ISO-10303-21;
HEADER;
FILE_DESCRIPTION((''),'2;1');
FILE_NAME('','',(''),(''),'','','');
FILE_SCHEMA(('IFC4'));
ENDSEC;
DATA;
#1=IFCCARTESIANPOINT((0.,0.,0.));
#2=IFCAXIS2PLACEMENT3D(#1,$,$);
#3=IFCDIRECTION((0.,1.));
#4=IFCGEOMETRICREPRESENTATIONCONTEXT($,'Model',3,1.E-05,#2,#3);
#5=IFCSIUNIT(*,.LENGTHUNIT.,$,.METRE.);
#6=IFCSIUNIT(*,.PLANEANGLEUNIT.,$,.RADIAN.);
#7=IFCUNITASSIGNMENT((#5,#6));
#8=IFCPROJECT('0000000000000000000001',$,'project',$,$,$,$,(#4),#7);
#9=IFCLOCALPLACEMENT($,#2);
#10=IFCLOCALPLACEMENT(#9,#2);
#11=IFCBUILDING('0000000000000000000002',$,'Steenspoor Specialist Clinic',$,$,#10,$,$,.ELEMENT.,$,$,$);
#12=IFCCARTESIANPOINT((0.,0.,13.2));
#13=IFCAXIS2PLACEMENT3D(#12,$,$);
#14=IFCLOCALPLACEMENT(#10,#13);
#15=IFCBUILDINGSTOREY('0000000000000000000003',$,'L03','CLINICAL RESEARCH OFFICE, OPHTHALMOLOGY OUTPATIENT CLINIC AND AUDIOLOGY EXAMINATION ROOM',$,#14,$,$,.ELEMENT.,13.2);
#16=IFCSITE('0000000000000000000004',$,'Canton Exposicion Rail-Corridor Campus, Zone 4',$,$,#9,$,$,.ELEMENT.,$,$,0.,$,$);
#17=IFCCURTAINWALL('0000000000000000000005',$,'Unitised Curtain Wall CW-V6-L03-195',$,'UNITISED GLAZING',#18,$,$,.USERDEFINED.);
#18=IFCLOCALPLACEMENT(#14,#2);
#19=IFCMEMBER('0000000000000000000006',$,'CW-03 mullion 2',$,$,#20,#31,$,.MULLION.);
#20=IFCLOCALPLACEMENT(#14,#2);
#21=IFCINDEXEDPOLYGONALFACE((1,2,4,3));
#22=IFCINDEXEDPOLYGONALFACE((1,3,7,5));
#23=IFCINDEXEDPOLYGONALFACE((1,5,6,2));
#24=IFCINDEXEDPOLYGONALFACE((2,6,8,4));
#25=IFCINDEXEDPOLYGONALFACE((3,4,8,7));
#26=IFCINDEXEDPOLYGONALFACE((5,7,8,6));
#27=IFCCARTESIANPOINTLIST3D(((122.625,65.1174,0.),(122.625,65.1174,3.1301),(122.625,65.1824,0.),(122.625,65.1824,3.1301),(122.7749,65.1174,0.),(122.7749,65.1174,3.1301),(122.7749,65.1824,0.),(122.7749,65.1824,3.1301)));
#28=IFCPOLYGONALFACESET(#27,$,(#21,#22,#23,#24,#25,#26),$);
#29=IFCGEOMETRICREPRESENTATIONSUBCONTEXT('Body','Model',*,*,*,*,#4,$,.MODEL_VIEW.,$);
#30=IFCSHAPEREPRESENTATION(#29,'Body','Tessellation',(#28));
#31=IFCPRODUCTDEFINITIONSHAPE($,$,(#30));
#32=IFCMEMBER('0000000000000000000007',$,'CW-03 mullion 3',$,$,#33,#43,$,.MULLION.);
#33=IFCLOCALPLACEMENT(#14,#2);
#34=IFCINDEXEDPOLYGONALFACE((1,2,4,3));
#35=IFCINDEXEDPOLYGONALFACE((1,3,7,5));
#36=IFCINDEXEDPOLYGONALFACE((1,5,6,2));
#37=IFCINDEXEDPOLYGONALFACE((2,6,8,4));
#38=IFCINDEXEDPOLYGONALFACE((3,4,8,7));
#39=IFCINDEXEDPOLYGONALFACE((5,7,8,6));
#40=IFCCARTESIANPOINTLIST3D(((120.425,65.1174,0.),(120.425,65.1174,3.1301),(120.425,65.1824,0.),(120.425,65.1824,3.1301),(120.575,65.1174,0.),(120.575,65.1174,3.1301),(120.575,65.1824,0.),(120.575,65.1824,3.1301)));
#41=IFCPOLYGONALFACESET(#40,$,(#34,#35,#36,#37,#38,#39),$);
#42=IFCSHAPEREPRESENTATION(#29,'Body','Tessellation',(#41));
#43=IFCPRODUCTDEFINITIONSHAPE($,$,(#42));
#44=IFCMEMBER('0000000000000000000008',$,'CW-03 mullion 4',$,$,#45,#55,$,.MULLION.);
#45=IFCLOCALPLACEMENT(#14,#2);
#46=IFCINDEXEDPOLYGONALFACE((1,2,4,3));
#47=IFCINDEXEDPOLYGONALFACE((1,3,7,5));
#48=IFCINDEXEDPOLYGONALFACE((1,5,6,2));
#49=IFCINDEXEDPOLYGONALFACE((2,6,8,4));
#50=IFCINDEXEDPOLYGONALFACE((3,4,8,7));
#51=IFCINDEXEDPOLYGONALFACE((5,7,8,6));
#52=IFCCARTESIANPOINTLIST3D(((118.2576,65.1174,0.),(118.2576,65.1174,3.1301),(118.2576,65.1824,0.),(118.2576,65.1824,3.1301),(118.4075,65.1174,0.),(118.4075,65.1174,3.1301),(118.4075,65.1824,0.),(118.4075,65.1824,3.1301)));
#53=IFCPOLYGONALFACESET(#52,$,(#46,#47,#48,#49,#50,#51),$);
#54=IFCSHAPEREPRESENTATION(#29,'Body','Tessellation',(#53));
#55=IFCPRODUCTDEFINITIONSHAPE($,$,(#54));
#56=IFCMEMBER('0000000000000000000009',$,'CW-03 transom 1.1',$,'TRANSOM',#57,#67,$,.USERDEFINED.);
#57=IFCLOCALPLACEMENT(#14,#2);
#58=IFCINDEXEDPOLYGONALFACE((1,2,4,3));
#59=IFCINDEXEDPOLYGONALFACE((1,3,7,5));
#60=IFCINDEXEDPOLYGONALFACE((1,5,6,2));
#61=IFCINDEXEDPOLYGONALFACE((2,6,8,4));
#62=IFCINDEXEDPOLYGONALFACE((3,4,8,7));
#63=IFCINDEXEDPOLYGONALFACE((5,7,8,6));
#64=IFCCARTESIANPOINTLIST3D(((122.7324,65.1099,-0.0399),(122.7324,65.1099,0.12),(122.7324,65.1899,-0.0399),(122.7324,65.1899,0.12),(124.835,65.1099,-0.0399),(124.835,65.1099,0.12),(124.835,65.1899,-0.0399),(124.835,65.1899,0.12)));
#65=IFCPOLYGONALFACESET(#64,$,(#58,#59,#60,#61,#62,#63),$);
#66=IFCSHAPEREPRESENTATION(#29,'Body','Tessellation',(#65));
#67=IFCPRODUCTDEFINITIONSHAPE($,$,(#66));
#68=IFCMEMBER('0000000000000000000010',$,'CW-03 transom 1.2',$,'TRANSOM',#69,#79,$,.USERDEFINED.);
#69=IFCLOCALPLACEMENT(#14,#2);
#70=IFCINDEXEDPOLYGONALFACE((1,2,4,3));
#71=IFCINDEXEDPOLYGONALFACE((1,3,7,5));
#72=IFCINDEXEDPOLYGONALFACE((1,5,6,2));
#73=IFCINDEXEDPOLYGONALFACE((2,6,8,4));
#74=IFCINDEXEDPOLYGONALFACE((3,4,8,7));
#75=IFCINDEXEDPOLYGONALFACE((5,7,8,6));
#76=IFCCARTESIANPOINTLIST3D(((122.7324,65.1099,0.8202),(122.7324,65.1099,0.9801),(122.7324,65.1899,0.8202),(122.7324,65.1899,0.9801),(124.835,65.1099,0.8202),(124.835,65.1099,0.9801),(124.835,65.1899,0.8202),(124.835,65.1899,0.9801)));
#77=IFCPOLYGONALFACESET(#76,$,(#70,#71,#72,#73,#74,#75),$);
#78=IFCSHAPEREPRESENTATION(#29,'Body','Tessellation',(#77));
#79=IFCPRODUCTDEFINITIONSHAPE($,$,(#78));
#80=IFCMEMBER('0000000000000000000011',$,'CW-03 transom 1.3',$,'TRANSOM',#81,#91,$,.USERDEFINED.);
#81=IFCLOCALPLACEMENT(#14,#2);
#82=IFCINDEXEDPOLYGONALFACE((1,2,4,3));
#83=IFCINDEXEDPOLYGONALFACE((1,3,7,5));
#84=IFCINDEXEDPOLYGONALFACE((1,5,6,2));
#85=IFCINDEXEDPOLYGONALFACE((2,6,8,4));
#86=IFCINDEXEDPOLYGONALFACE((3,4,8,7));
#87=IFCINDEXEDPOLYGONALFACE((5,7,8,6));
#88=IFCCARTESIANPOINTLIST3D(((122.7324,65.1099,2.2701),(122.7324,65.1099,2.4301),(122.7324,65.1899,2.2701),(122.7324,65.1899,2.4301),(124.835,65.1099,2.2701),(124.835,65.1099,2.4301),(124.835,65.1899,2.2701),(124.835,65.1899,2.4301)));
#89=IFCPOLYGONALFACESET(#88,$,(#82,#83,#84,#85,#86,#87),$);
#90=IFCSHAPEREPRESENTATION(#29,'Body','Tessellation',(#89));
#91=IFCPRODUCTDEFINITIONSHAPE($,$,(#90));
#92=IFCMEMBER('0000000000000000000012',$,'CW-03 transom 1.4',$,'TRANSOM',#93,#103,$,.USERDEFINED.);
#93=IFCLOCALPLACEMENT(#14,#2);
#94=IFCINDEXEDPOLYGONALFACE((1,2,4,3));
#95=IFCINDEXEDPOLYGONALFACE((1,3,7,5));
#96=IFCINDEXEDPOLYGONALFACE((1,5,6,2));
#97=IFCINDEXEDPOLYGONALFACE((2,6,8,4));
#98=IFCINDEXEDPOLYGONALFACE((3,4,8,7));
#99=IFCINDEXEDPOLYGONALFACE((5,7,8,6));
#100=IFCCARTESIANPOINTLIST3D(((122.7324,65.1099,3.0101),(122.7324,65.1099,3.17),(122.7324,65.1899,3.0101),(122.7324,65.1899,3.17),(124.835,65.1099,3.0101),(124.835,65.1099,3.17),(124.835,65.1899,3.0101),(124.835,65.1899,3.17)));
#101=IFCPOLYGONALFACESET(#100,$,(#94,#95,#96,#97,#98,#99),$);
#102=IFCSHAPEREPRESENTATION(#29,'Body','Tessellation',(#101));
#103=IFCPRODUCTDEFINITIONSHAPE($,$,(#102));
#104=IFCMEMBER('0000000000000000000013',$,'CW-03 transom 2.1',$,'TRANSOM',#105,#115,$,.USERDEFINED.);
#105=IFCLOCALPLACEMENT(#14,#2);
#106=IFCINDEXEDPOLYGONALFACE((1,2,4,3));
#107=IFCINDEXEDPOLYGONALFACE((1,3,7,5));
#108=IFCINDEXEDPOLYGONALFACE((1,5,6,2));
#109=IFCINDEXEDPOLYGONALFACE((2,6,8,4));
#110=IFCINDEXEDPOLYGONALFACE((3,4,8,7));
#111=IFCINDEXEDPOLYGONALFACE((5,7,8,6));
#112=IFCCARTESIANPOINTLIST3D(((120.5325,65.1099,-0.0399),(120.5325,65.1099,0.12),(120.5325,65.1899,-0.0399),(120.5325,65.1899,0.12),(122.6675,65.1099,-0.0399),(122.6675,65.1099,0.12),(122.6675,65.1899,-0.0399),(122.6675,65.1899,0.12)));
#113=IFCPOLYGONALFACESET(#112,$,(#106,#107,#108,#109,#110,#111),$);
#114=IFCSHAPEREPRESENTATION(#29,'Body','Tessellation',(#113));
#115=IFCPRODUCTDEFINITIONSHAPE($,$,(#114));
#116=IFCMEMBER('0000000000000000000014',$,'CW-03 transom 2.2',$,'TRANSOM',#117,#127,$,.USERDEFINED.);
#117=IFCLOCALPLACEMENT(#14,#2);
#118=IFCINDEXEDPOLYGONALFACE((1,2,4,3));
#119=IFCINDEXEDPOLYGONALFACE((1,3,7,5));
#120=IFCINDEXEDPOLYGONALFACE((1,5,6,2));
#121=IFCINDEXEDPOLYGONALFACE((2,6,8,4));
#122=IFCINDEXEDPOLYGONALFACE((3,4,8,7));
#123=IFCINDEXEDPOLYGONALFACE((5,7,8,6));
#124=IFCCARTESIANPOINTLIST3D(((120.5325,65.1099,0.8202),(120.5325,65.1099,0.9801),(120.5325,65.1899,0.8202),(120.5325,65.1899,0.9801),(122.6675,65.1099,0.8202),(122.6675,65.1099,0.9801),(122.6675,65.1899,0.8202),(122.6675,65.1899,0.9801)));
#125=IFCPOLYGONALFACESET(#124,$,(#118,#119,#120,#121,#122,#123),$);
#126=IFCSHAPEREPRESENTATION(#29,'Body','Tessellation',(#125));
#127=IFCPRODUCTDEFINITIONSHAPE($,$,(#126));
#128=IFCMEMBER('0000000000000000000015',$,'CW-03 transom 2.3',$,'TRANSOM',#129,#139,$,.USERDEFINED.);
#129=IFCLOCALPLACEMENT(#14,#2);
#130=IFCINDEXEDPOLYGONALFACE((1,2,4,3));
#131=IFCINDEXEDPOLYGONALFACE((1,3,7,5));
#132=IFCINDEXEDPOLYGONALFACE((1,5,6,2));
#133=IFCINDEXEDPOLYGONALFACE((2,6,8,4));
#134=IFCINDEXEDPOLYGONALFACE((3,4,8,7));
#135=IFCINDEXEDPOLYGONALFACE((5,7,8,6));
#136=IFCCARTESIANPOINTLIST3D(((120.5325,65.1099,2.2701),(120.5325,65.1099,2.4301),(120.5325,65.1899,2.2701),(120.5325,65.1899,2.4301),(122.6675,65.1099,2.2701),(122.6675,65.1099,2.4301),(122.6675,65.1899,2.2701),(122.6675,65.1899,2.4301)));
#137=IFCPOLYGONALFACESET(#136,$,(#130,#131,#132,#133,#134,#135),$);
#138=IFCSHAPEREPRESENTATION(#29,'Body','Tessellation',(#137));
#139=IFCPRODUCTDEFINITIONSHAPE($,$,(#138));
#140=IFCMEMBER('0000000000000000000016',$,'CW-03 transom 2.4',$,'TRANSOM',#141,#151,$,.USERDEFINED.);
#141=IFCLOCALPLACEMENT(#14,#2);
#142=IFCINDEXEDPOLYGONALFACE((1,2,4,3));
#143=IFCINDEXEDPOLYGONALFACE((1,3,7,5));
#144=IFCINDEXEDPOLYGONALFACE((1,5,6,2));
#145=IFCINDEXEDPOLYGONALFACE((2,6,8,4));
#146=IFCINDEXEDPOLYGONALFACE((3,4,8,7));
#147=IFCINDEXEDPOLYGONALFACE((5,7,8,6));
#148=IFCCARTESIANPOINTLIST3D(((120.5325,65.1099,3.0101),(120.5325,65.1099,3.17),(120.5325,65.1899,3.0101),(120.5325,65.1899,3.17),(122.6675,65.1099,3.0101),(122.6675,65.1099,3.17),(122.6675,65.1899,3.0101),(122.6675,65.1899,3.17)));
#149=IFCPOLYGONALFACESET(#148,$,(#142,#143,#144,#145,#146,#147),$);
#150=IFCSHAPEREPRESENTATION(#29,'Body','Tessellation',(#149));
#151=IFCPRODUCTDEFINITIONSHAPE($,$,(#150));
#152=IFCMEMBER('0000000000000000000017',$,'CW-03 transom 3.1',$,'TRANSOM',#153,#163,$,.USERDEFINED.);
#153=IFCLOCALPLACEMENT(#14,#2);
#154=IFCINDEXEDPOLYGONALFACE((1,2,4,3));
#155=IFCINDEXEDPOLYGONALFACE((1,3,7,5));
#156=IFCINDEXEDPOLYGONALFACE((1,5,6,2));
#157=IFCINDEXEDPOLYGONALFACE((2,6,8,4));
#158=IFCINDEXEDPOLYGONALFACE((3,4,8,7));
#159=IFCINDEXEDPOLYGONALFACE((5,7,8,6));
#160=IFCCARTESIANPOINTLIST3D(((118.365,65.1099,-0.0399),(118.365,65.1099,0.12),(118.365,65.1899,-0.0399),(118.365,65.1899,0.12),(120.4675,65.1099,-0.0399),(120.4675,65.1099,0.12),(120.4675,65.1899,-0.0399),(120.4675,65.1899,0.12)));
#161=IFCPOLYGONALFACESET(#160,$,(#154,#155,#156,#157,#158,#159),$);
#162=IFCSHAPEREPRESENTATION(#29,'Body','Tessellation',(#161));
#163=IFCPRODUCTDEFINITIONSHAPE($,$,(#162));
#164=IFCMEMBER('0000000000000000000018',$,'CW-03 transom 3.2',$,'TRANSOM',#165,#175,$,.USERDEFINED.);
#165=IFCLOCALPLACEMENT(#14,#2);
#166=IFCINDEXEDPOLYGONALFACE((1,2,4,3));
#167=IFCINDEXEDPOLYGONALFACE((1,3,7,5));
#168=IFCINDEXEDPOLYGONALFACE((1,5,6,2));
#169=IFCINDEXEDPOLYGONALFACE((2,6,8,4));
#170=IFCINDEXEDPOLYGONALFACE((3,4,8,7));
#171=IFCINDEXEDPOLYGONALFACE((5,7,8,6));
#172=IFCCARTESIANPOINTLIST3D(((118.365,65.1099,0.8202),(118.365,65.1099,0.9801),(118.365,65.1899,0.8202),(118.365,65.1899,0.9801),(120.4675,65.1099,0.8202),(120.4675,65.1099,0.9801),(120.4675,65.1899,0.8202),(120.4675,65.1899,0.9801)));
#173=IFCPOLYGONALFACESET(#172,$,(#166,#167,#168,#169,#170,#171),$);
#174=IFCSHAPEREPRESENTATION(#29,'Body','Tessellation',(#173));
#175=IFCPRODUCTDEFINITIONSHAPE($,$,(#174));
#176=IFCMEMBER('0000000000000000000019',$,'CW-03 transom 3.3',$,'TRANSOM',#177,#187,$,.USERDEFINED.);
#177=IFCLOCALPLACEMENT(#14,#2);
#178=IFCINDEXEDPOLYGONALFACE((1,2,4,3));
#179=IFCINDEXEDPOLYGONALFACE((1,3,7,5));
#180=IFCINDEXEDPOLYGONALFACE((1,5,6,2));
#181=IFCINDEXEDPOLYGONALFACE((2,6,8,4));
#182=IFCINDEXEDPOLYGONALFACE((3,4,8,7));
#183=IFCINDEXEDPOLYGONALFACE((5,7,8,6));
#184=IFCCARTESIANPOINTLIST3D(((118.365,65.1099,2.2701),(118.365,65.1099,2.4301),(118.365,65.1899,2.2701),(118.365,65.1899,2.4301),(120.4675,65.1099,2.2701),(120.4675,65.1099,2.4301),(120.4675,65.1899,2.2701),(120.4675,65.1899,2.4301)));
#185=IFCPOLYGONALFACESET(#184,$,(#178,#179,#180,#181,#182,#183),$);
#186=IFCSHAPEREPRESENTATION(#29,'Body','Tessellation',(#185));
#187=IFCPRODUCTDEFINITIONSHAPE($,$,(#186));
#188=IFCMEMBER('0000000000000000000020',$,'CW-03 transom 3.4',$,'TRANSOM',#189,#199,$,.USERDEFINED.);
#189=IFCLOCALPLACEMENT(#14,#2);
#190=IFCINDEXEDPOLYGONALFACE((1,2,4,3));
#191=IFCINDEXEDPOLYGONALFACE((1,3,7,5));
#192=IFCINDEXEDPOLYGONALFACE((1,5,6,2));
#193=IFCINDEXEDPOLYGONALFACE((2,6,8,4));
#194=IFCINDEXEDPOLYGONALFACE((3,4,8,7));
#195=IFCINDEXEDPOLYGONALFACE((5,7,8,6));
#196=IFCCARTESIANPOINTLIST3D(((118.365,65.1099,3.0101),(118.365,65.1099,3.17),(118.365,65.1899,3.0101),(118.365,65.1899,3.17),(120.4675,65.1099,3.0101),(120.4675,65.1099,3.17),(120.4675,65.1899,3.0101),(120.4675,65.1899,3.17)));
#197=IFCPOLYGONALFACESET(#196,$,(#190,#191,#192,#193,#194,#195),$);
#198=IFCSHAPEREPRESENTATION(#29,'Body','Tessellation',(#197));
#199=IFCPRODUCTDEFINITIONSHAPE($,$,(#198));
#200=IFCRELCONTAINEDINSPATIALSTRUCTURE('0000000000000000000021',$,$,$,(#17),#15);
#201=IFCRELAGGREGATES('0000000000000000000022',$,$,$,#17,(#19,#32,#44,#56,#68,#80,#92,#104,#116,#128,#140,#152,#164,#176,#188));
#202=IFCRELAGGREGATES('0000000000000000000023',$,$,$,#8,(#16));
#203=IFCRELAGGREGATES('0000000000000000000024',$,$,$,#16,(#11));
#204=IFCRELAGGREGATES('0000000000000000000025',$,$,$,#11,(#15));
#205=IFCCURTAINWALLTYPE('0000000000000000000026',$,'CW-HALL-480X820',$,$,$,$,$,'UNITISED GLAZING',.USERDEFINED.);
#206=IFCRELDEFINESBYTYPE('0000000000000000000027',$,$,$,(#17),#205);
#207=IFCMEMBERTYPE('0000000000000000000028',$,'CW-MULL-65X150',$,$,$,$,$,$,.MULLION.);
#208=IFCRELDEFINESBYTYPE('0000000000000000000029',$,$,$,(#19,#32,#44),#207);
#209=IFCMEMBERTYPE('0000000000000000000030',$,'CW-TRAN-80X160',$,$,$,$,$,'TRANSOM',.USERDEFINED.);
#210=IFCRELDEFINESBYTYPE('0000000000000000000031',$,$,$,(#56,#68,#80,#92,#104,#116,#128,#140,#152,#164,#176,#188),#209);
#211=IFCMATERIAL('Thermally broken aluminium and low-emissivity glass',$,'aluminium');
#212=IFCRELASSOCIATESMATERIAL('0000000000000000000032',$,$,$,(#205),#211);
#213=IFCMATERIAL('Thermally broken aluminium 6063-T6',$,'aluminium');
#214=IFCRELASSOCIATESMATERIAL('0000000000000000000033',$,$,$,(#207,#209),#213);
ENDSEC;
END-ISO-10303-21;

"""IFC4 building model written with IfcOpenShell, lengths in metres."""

from ifc_helpers import new_model, si_unit, direction, frame, origin, origin_2d, place, context, subcontext, project, spatial, rectangle, extrude, material, material_profile, profile_set, type_object, element, aggregate, save


model = new_model("IFC4")

# Units and contexts
model_context = context("Model", 3, precision=1e-05, world=origin(), true_north=direction((0.0, 1.0)))
body_context = subcontext(model_context, "Body", "Model", "MODEL_VIEW")
ifc_project = project(units=[si_unit("LENGTHUNIT", "METRE"), si_unit("PLANEANGLEUNIT", "RADIAN")], contexts=[model_context])

# Site, building, storey
site_placement = place(None, origin())
site = spatial("IfcSite", under=ifc_project, at=site_placement, Name="Canton Exposicion Rail-Corridor Campus, Zone 4", CompositionType="ELEMENT", RefElevation=0.0)
building_placement = place(site_placement, origin())
building = spatial("IfcBuilding", under=site, at=building_placement, Name="Steenspoor Specialist Clinic", CompositionType="ELEMENT")
storey_placement = place(building_placement, frame((0.0, 0.0, 13.2)))
storey = spatial("IfcBuildingStorey", under=building, at=storey_placement, Name="L03", Description="CLINICAL RESEARCH OFFICE, OPHTHALMOLOGY OUTPATIENT CLINIC AND AUDIOLOGY EXAMINATION ROOM", CompositionType="ELEMENT", Elevation=13.2)

# Curtain wall, members
ifc_material_1 = material(Name="Thermally broken aluminium and low-emissivity glass", Category="aluminium")
curtain_wall_type = type_object("IfcCurtainWallType", Name="CW-HALL-480X820", ElementType="UNITISED GLAZING", PredefinedType="USERDEFINED", material=ifc_material_1)
curtain_wall_placement = place(storey_placement, origin())
curtain_wall = element("IfcCurtainWall", 1, at=curtain_wall_placement, inside=storey, type_object=curtain_wall_type, Name="Unitised Curtain Wall CW-V6-L03-195", ObjectType="UNITISED GLAZING", PredefinedType="USERDEFINED")
ifc_material_2 = material(Name="Thermally broken aluminium 6063-T6", Category="aluminium")
ifc_material_profile_1 = material_profile(ifc_material_2, rectangle(XDim=0.0649, YDim=0.1499, at=origin_2d()), Name="CWM-65X150")
ifc_profile_set_1 = profile_set([ifc_material_profile_1], Name="Thermally broken aluminium 6063-T6")
member_type_1 = type_object("IfcMemberType", Name="CW-MULL-65X150", PredefinedType="MULLION", material=ifc_profile_set_1)
member_1_placement = place(storey_placement, frame((122.7, 65.1499, 0.0), z_axis=(0.0, 0.0, 1.0), x_axis=(0.0, -1.0, 0.0)))
member_1 = element("IfcMember", 2, at=member_1_placement, type_object=member_type_1, Name="CW-03 mullion 2", PredefinedType="MULLION", context=body_context, shape_type="SweptSolid", body=[
    extrude(rectangle(XDim=0.0649, YDim=0.1499, at=origin_2d()), origin(), (0.0, 0.0, 1.0), 3.1301),
])
member_2_placement = place(storey_placement, frame((120.5, 65.1499, 0.0), z_axis=(0.0, 0.0, 1.0), x_axis=(0.0, -1.0, 0.0)))
member_2 = element("IfcMember", 3, at=member_2_placement, type_object=member_type_1, Name="CW-03 mullion 3", PredefinedType="MULLION", context=body_context, shape_type="SweptSolid", body=[
    extrude(rectangle(XDim=0.0649, YDim=0.1499, at=origin_2d()), origin(), (0.0, 0.0, 1.0), 3.1301),
])
member_3_placement = place(storey_placement, frame((118.3325, 65.1499, 0.0), z_axis=(0.0, 0.0, 1.0), x_axis=(0.0, -1.0, 0.0)))
member_3 = element("IfcMember", 4, at=member_3_placement, type_object=member_type_1, Name="CW-03 mullion 4", PredefinedType="MULLION", context=body_context, shape_type="SweptSolid", body=[
    extrude(rectangle(XDim=0.0649, YDim=0.1499, at=origin_2d()), origin(), (0.0, 0.0, 1.0), 3.1301),
])
ifc_material_profile_2 = material_profile(ifc_material_2, rectangle(XDim=0.0801, YDim=0.1599, at=origin_2d()), Name="CWT-80X160")
ifc_profile_set_2 = profile_set([ifc_material_profile_2], Name="Thermally broken aluminium 6063-T6")
member_type_2 = type_object("IfcMemberType", Name="CW-TRAN-80X160", ElementType="TRANSOM", PredefinedType="USERDEFINED", material=ifc_profile_set_2)
member_4_placement = place(storey_placement, frame((124.835, 65.1499, 0.04), z_axis=(-1.0, 0.0, 0.0), x_axis=(0.0, -1.0, 0.0)))
member_4 = element("IfcMember", 5, at=member_4_placement, type_object=member_type_2, Name="CW-03 transom 1.1", ObjectType="TRANSOM", PredefinedType="USERDEFINED", context=body_context, shape_type="SweptSolid", body=[
    extrude(rectangle(XDim=0.0801, YDim=0.1599, at=origin_2d()), origin(), (0.0, 0.0, 1.0), 2.1025),
])
member_5_placement = place(storey_placement, frame((124.835, 65.1499, 0.9001), z_axis=(-1.0, 0.0, 0.0), x_axis=(0.0, -1.0, 0.0)))
member_5 = element("IfcMember", 6, at=member_5_placement, type_object=member_type_2, Name="CW-03 transom 1.2", ObjectType="TRANSOM", PredefinedType="USERDEFINED", context=body_context, shape_type="SweptSolid", body=[
    extrude(rectangle(XDim=0.0801, YDim=0.1599, at=origin_2d()), origin(), (0.0, 0.0, 1.0), 2.1025),
])
member_6_placement = place(storey_placement, frame((124.835, 65.1499, 2.3501), z_axis=(-1.0, 0.0, 0.0), x_axis=(0.0, -1.0, 0.0)))
member_6 = element("IfcMember", 7, at=member_6_placement, type_object=member_type_2, Name="CW-03 transom 1.3", ObjectType="TRANSOM", PredefinedType="USERDEFINED", context=body_context, shape_type="SweptSolid", body=[
    extrude(rectangle(XDim=0.0801, YDim=0.1599, at=origin_2d()), origin(), (0.0, 0.0, 1.0), 2.1025),
])
member_7_placement = place(storey_placement, frame((124.835, 65.1499, 3.0901), z_axis=(-1.0, 0.0, 0.0), x_axis=(0.0, -1.0, 0.0)))
member_7 = element("IfcMember", 8, at=member_7_placement, type_object=member_type_2, Name="CW-03 transom 1.4", ObjectType="TRANSOM", PredefinedType="USERDEFINED", context=body_context, shape_type="SweptSolid", body=[
    extrude(rectangle(XDim=0.0801, YDim=0.1599, at=origin_2d()), origin(), (0.0, 0.0, 1.0), 2.1025),
])
member_8_placement = place(storey_placement, frame((122.6675, 65.1499, 0.04), z_axis=(-1.0, 0.0, 0.0), x_axis=(0.0, -1.0, 0.0)))
member_8 = element("IfcMember", 9, at=member_8_placement, type_object=member_type_2, Name="CW-03 transom 2.1", ObjectType="TRANSOM", PredefinedType="USERDEFINED", context=body_context, shape_type="SweptSolid", body=[
    extrude(rectangle(XDim=0.0801, YDim=0.1599, at=origin_2d()), origin(), (0.0, 0.0, 1.0), 2.135),
])
member_9_placement = place(storey_placement, frame((122.6675, 65.1499, 0.9001), z_axis=(-1.0, 0.0, 0.0), x_axis=(0.0, -1.0, 0.0)))
member_9 = element("IfcMember", 10, at=member_9_placement, type_object=member_type_2, Name="CW-03 transom 2.2", ObjectType="TRANSOM", PredefinedType="USERDEFINED", context=body_context, shape_type="SweptSolid", body=[
    extrude(rectangle(XDim=0.0801, YDim=0.1599, at=origin_2d()), origin(), (0.0, 0.0, 1.0), 2.135),
])
member_10_placement = place(storey_placement, frame((122.6675, 65.1499, 2.3501), z_axis=(-1.0, 0.0, 0.0), x_axis=(0.0, -1.0, 0.0)))
member_10 = element("IfcMember", 11, at=member_10_placement, type_object=member_type_2, Name="CW-03 transom 2.3", ObjectType="TRANSOM", PredefinedType="USERDEFINED", context=body_context, shape_type="SweptSolid", body=[
    extrude(rectangle(XDim=0.0801, YDim=0.1599, at=origin_2d()), origin(), (0.0, 0.0, 1.0), 2.135),
])
member_11_placement = place(storey_placement, frame((122.6675, 65.1499, 3.0901), z_axis=(-1.0, 0.0, 0.0), x_axis=(0.0, -1.0, 0.0)))
member_11 = element("IfcMember", 12, at=member_11_placement, type_object=member_type_2, Name="CW-03 transom 2.4", ObjectType="TRANSOM", PredefinedType="USERDEFINED", context=body_context, shape_type="SweptSolid", body=[
    extrude(rectangle(XDim=0.0801, YDim=0.1599, at=origin_2d()), origin(), (0.0, 0.0, 1.0), 2.135),
])
member_12_placement = place(storey_placement, frame((120.4675, 65.1499, 0.04), z_axis=(-1.0, 0.0, 0.0), x_axis=(0.0, -1.0, 0.0)))
member_12 = element("IfcMember", 13, at=member_12_placement, type_object=member_type_2, Name="CW-03 transom 3.1", ObjectType="TRANSOM", PredefinedType="USERDEFINED", context=body_context, shape_type="SweptSolid", body=[
    extrude(rectangle(XDim=0.0801, YDim=0.1599, at=origin_2d()), origin(), (0.0, 0.0, 1.0), 2.1025),
])
member_13_placement = place(storey_placement, frame((120.4675, 65.1499, 0.9001), z_axis=(-1.0, 0.0, 0.0), x_axis=(0.0, -1.0, 0.0)))
member_13 = element("IfcMember", 14, at=member_13_placement, type_object=member_type_2, Name="CW-03 transom 3.2", ObjectType="TRANSOM", PredefinedType="USERDEFINED", context=body_context, shape_type="SweptSolid", body=[
    extrude(rectangle(XDim=0.0801, YDim=0.1599, at=origin_2d()), origin(), (0.0, 0.0, 1.0), 2.1025),
])
member_14_placement = place(storey_placement, frame((120.4675, 65.1499, 2.3501), z_axis=(-1.0, 0.0, 0.0), x_axis=(0.0, -1.0, 0.0)))
member_14 = element("IfcMember", 15, at=member_14_placement, type_object=member_type_2, Name="CW-03 transom 3.3", ObjectType="TRANSOM", PredefinedType="USERDEFINED", context=body_context, shape_type="SweptSolid", body=[
    extrude(rectangle(XDim=0.0801, YDim=0.1599, at=origin_2d()), origin(), (0.0, 0.0, 1.0), 2.1025),
])
member_15_placement = place(storey_placement, frame((120.4675, 65.1499, 3.0901), z_axis=(-1.0, 0.0, 0.0), x_axis=(0.0, -1.0, 0.0)))
member_15 = element("IfcMember", 16, at=member_15_placement, type_object=member_type_2, Name="CW-03 transom 3.4", ObjectType="TRANSOM", PredefinedType="USERDEFINED", context=body_context, shape_type="SweptSolid", body=[
    extrude(rectangle(XDim=0.0801, YDim=0.1599, at=origin_2d()), origin(), (0.0, 0.0, 1.0), 2.1025),
])

aggregate(curtain_wall, [member_1, member_2, member_3, member_4, member_5, member_6, member_7, member_8, member_9, member_10, member_11, member_12, member_13, member_14, member_15])

save(model, "model.ifc")
